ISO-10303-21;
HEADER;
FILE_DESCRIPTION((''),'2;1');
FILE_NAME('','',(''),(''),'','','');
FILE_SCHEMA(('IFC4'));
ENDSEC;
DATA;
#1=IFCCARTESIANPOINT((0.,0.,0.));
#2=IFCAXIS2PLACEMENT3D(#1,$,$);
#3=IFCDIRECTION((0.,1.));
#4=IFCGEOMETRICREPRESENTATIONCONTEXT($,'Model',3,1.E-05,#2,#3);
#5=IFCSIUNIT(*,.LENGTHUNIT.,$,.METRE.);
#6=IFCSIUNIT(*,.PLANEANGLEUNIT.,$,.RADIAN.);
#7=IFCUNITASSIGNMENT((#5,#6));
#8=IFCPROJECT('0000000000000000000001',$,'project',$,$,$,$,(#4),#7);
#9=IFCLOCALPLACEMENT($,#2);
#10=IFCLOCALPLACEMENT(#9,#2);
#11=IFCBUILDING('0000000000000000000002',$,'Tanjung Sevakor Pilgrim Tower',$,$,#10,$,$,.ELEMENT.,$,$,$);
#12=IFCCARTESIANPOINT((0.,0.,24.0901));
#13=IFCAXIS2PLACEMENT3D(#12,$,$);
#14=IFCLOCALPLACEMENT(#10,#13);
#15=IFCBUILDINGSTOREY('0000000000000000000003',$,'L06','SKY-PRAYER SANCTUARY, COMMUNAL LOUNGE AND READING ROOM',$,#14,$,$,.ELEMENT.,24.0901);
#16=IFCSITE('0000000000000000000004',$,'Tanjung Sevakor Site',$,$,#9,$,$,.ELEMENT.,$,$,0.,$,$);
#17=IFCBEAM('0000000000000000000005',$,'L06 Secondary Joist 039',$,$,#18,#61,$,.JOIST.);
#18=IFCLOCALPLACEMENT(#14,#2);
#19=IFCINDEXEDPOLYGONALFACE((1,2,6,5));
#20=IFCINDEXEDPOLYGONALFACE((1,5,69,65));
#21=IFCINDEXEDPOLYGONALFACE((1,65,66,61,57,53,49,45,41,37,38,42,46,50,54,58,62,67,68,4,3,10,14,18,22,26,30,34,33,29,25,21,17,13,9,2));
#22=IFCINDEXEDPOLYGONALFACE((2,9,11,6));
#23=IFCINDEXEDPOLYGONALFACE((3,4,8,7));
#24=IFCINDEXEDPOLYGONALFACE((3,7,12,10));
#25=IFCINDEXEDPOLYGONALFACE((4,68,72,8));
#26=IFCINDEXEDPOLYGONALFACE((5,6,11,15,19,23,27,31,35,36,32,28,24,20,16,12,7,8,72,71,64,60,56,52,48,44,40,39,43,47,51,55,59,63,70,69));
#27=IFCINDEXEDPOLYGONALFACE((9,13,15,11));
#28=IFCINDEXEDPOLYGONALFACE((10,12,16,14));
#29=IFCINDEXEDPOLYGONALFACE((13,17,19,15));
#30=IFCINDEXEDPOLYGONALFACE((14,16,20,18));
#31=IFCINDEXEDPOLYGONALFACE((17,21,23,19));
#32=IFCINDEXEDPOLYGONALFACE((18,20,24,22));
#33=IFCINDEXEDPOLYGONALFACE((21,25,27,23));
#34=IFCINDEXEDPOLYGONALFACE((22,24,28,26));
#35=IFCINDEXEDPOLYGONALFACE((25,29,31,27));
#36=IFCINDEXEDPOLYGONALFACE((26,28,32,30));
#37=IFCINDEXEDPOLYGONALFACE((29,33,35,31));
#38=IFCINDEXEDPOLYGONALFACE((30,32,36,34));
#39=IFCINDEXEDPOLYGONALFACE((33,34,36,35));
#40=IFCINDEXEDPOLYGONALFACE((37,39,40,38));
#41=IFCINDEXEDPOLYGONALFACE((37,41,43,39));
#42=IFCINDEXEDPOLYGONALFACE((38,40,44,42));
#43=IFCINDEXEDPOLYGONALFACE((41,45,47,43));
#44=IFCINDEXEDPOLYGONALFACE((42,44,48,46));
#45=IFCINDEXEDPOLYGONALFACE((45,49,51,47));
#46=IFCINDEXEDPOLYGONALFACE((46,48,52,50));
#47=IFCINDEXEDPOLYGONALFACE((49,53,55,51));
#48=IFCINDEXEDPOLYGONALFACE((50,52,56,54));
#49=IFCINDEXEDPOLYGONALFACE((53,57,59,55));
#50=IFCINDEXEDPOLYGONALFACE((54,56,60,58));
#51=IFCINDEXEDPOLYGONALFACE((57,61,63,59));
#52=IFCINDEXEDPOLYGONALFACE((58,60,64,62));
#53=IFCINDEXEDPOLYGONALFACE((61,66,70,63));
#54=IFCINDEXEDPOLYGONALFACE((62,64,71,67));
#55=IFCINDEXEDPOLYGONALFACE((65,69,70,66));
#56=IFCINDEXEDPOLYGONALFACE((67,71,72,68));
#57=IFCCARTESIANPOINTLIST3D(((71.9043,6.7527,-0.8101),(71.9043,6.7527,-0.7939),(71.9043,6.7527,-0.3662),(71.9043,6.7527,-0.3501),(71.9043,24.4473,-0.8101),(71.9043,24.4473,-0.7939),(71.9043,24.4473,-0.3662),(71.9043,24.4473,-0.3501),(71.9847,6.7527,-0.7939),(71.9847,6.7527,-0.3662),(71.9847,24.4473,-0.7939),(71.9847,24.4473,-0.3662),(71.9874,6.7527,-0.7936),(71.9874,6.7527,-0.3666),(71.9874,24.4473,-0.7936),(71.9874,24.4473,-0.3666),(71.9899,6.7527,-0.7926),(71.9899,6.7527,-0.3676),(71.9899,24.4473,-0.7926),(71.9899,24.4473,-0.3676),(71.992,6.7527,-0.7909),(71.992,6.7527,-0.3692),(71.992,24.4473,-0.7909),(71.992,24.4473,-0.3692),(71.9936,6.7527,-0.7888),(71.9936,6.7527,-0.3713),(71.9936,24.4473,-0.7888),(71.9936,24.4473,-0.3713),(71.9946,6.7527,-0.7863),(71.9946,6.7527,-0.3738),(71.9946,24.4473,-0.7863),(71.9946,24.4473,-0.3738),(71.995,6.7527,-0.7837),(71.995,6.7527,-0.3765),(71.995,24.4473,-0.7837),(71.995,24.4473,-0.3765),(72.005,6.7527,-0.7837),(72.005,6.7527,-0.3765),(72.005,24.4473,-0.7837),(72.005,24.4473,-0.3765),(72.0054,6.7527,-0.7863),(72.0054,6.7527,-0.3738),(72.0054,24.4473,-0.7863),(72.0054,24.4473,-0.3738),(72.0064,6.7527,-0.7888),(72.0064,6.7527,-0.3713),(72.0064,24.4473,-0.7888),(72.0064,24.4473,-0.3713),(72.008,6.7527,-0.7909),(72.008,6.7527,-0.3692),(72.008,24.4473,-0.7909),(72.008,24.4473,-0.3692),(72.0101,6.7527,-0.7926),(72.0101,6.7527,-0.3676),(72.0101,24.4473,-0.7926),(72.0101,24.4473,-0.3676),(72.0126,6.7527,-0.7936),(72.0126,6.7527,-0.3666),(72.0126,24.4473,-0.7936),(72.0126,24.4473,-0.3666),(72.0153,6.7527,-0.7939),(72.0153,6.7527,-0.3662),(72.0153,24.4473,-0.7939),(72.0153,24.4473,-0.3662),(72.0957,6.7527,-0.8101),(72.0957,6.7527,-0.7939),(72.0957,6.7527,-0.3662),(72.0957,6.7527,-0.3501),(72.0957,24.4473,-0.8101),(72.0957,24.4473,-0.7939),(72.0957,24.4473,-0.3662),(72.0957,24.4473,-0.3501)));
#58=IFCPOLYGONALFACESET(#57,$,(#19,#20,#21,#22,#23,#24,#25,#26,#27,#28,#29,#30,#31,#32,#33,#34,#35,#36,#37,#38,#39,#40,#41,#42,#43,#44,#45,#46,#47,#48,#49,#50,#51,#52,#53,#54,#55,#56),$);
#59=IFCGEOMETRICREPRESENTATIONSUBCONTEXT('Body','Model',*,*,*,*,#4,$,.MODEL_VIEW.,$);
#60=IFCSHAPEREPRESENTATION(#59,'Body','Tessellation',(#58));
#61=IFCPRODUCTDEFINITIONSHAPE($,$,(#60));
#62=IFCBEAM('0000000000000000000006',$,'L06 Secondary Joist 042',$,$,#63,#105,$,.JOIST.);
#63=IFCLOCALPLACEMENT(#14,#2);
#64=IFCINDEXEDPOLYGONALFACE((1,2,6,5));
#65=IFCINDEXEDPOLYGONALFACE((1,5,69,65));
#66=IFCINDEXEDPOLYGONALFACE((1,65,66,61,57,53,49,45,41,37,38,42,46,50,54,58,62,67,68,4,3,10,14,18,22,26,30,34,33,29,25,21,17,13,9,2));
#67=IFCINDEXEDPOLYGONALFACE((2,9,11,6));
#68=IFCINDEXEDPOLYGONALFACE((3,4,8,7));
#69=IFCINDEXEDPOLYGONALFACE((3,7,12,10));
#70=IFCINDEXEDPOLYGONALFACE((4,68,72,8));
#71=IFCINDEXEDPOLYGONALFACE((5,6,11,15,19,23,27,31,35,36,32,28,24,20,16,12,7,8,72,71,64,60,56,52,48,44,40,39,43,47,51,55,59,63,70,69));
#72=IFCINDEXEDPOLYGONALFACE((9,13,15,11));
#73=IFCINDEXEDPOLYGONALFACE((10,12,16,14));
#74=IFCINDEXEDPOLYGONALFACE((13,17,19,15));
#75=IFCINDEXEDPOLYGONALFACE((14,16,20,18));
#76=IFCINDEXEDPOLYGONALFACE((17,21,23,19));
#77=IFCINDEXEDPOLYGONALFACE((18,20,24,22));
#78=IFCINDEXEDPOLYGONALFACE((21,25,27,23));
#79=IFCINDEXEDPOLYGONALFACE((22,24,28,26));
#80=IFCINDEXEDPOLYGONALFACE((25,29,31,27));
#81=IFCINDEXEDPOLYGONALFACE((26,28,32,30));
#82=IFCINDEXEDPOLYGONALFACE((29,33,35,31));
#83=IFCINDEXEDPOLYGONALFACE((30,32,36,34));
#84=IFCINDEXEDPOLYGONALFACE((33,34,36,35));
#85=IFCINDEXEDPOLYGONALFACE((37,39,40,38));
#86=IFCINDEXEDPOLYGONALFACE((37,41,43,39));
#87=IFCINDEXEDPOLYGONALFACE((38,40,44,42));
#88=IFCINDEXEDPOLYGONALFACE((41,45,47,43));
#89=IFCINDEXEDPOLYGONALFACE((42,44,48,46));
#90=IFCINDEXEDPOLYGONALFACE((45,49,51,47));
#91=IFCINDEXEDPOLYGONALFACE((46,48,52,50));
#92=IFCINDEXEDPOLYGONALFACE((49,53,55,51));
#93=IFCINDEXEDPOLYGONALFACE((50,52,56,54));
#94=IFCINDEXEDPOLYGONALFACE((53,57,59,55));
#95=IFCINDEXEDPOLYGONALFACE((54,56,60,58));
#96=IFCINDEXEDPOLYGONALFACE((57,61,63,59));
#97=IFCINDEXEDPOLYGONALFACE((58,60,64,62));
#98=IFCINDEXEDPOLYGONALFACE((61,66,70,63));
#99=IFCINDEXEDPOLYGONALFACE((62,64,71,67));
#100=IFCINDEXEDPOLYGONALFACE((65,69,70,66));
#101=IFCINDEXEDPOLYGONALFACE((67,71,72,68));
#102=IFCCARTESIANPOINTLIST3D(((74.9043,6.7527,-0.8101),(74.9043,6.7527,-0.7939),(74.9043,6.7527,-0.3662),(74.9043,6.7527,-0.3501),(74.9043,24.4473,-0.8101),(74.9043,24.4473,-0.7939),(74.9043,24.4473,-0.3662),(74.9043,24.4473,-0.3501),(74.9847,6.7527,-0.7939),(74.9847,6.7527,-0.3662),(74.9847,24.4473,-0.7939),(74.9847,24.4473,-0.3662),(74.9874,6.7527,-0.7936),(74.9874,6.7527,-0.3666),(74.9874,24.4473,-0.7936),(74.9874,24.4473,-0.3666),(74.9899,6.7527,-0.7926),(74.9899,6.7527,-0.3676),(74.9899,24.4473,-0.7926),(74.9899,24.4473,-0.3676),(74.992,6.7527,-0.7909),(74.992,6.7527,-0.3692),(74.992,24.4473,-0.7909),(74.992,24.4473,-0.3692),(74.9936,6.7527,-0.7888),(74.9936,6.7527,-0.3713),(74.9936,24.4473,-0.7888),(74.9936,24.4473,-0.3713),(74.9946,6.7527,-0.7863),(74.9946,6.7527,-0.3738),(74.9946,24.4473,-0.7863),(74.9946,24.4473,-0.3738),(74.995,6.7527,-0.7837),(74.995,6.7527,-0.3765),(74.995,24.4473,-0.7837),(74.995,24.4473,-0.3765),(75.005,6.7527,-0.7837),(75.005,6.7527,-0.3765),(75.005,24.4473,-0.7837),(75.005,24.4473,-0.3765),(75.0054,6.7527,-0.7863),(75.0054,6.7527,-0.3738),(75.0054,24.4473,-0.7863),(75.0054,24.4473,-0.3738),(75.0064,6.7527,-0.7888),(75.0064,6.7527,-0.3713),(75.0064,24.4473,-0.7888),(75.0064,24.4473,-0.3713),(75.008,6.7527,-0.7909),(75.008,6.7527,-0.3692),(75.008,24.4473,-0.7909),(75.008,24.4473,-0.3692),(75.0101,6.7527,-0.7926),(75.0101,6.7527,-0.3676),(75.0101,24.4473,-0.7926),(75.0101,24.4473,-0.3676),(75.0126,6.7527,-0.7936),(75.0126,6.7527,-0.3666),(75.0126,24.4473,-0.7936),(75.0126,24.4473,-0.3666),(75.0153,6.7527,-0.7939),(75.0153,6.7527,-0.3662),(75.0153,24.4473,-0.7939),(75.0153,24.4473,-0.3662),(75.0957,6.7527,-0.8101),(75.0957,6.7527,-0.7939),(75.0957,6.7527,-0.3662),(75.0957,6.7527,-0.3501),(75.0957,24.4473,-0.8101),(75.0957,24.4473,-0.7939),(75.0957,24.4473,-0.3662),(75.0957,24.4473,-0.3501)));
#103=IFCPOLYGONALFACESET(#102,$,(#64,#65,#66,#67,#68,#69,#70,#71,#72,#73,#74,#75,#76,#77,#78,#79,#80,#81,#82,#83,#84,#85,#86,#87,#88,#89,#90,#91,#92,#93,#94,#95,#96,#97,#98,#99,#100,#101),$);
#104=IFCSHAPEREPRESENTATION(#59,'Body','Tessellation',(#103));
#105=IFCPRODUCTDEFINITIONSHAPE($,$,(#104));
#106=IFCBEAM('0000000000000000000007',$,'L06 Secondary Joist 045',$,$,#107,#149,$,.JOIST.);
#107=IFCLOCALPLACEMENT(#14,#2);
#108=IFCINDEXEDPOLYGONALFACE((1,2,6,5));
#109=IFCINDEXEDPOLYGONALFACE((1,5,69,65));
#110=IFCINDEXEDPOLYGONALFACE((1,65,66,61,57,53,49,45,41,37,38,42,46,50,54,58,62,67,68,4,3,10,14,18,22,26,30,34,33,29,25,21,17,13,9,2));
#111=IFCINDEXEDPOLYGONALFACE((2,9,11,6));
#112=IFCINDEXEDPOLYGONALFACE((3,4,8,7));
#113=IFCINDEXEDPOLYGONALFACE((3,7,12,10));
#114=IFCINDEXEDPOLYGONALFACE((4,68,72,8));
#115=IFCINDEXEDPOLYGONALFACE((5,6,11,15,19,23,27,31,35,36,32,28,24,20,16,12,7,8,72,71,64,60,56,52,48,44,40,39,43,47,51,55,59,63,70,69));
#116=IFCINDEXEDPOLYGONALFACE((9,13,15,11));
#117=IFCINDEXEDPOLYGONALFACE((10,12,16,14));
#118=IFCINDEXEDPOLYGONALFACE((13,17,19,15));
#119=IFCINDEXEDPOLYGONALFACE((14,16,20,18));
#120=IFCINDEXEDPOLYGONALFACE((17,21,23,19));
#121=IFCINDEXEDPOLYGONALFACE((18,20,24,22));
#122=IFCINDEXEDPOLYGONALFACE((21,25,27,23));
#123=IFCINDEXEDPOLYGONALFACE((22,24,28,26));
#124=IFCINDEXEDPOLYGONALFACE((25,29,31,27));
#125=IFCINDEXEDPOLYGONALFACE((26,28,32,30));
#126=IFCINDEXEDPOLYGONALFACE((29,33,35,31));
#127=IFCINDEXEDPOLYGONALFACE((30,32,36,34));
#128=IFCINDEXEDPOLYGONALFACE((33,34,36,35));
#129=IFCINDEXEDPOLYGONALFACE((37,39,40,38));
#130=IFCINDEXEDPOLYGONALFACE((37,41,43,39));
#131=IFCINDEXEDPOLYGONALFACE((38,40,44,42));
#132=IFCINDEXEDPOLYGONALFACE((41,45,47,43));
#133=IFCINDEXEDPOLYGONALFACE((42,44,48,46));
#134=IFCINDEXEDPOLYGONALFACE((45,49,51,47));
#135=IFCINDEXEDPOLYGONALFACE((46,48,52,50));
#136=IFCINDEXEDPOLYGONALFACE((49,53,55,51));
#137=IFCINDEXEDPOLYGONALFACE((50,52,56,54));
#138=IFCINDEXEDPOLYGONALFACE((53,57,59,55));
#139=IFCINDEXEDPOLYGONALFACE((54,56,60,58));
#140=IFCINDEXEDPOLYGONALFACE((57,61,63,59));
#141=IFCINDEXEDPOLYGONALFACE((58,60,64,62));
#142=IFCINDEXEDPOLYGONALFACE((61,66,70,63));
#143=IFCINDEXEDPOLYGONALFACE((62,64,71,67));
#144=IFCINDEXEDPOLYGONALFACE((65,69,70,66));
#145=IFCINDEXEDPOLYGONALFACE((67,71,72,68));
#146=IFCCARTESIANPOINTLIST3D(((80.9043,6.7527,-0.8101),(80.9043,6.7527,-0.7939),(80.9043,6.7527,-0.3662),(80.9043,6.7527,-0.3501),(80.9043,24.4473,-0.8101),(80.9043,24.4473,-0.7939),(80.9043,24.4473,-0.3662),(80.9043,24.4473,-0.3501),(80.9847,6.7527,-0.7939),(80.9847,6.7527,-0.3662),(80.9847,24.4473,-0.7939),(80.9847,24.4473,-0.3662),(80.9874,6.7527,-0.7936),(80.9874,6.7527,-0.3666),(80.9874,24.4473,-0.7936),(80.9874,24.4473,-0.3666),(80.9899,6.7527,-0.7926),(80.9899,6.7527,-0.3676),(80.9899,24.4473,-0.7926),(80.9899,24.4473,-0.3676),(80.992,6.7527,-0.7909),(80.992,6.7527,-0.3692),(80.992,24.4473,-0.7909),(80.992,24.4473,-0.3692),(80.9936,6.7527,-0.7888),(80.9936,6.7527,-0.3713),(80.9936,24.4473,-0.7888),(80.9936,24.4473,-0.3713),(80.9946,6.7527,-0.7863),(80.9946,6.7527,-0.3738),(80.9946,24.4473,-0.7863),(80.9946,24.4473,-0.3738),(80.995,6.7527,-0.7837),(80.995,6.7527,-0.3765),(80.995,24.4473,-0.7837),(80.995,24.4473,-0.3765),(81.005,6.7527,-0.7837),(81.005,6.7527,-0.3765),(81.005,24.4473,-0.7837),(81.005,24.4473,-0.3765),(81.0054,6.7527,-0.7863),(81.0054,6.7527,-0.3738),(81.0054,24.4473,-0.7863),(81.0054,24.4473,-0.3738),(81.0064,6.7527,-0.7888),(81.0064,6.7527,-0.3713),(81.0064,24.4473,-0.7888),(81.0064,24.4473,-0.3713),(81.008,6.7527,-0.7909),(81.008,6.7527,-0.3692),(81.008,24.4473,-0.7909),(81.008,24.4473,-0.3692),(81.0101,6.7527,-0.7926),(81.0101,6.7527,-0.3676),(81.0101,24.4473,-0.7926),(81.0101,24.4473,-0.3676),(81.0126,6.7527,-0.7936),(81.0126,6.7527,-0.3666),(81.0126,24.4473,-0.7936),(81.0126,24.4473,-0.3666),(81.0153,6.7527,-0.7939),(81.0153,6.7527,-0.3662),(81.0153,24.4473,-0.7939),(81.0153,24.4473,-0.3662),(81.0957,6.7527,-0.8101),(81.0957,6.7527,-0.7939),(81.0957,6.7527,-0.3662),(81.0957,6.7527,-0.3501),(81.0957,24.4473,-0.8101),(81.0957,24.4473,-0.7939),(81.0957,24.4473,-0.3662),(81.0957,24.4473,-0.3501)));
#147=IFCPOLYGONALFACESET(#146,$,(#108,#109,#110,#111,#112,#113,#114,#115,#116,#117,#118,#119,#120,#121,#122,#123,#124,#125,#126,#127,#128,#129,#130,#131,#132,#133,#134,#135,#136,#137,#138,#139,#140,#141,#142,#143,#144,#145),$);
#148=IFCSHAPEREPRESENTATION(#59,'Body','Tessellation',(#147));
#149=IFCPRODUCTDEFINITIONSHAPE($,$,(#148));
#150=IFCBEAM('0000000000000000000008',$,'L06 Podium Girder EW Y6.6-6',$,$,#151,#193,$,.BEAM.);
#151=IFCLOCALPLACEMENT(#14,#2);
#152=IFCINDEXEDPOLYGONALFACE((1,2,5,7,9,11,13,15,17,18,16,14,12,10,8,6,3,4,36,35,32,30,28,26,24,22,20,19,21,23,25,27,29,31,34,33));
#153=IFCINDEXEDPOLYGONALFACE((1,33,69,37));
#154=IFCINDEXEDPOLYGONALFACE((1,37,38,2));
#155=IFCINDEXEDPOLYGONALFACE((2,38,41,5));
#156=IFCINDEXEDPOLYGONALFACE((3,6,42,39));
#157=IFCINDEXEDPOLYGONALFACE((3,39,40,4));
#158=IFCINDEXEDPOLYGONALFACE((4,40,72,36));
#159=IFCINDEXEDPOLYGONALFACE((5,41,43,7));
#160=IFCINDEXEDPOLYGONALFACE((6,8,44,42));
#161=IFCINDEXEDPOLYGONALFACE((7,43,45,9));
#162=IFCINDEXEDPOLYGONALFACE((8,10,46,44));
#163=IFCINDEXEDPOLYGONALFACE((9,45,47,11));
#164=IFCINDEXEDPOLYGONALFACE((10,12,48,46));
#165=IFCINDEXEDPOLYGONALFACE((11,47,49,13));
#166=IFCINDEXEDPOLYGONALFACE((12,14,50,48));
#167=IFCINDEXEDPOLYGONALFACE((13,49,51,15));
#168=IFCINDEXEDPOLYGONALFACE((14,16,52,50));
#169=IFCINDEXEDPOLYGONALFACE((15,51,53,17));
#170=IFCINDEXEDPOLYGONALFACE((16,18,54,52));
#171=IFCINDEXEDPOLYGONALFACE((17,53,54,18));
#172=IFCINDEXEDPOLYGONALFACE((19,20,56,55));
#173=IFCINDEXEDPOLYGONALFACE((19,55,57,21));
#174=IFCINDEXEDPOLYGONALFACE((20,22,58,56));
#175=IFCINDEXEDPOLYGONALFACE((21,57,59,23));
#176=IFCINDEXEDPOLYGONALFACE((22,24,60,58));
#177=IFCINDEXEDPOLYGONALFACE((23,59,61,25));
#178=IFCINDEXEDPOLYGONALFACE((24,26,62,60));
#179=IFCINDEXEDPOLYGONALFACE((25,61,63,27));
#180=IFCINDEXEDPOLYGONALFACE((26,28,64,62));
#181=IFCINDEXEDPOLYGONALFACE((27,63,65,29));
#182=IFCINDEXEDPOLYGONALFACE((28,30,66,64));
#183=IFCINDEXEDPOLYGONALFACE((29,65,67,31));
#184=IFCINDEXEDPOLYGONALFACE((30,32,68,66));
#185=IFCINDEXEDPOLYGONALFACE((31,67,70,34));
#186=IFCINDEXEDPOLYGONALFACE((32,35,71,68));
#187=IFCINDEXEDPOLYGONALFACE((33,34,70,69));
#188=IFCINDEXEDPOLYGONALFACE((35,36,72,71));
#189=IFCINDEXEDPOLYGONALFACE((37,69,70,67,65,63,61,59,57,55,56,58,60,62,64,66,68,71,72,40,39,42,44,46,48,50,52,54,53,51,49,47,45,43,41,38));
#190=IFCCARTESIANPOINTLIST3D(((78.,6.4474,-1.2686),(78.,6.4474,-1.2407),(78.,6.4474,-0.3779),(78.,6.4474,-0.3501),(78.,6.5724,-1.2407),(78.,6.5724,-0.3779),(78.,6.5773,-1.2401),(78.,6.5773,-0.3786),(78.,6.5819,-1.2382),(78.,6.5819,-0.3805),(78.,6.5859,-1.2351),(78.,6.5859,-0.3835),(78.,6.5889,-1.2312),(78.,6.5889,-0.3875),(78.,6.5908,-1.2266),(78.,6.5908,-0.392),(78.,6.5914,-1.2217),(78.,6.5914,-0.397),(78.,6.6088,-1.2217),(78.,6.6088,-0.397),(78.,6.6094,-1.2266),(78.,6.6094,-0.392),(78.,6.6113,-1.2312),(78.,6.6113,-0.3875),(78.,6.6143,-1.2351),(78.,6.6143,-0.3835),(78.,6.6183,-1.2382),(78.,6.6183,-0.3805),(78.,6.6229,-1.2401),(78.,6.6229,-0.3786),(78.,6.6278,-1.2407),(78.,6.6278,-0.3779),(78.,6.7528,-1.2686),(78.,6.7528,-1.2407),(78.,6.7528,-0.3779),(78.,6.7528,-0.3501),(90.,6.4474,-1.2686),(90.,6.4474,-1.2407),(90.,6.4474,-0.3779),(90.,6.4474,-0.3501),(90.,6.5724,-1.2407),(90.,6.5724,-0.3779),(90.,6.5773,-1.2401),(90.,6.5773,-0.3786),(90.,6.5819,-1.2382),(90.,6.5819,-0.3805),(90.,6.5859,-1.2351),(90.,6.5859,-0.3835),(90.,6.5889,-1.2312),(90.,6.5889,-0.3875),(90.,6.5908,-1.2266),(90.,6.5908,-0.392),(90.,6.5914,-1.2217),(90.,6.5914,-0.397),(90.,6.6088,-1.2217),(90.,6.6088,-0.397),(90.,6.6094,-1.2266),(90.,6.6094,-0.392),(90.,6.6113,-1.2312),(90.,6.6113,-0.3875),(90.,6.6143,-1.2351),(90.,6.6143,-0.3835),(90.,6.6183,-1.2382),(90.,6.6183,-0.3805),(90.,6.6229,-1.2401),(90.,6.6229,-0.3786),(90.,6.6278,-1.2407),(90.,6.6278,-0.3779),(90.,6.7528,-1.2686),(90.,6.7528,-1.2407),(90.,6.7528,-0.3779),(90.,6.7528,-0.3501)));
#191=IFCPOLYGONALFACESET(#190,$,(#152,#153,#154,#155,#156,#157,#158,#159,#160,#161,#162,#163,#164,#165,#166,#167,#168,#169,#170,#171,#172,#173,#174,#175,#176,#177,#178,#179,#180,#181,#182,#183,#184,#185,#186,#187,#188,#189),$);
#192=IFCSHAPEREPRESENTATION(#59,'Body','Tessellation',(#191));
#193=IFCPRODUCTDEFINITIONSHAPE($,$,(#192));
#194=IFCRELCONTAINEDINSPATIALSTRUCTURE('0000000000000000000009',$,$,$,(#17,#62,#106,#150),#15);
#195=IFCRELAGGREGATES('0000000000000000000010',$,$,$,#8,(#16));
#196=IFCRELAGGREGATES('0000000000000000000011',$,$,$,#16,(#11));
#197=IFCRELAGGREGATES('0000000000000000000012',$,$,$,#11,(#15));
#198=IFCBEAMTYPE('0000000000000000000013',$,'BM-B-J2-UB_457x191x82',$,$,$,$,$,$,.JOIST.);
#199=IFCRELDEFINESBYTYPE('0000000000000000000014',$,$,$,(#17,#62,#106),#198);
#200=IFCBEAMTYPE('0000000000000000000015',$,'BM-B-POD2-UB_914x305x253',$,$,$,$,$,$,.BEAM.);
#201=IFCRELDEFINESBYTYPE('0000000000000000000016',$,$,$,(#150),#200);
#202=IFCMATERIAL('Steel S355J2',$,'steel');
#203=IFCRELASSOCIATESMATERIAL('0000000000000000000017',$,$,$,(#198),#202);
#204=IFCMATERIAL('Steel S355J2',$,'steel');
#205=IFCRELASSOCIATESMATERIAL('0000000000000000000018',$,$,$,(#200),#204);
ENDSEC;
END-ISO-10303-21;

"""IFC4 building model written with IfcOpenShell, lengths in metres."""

from ifc_helpers import new_model, si_unit, direction, frame, origin, origin_2d, place, context, subcontext, project, spatial, i_section, extrude, material, material_profile, profile_set, type_object, element, save


model = new_model("IFC4")

# Units and contexts
model_context = context("Model", 3, precision=1e-05, world=origin(), true_north=direction((0.0, 1.0)))
body_context = subcontext(model_context, "Body", "Model", "MODEL_VIEW")
ifc_project = project(units=[si_unit("LENGTHUNIT", "METRE"), si_unit("PLANEANGLEUNIT", "RADIAN")], contexts=[model_context])

# Site, building, storey
site_placement = place(None, origin())
site = spatial("IfcSite", under=ifc_project, at=site_placement, Name="Tanjung Sevakor Site", CompositionType="ELEMENT", RefElevation=0.0)
building_placement = place(site_placement, origin())
building = spatial("IfcBuilding", under=site, at=building_placement, Name="Tanjung Sevakor Pilgrim Tower", CompositionType="ELEMENT")
storey_placement = place(building_placement, frame((0.0, 0.0, 24.0901)))
storey = spatial("IfcBuildingStorey", under=building, at=storey_placement, Name="L06", Description="SKY-PRAYER SANCTUARY, COMMUNAL LOUNGE AND READING ROOM", CompositionType="ELEMENT", Elevation=24.0901)

# Beams
ifc_material_1 = material(Name="Steel S355J2", Category="steel")
ifc_material_profile_1 = material_profile(ifc_material_1, i_section(OverallWidth=0.1914, OverallDepth=0.46, WebThickness=0.01, FlangeThickness=0.0161, FilletRadius=0.0103, at=origin_2d()))
ifc_profile_set_1 = profile_set([ifc_material_profile_1], Name="Steel S355J2")
beam_type_1 = type_object("IfcBeamType", Name="BM-B-J2-UB_457x191x82", PredefinedType="JOIST", material=ifc_profile_set_1)
for number, where, z_axis, x_axis, name in (
    (1, (72.0, 6.7527, -0.5801), (0.0, 1.0, 0.0), (-1.0, 0.0, 0.0), "L06 Secondary Joist 039"),
    (2, (75.0, 6.7527, -0.5801), (0.0, 1.0, 0.0), (-1.0, 0.0, 0.0), "L06 Secondary Joist 042"),
    (3, (81.0, 6.7527, -0.5801), (0.0, 1.0, 0.0), (-1.0, 0.0, 0.0), "L06 Secondary Joist 045"),
):
    element("IfcBeam", number, at=place(storey_placement, frame(where, z_axis=z_axis, x_axis=x_axis)), inside=storey, type_object=beam_type_1, Name=name, PredefinedType="JOIST", context=body_context, shape_type="SweptSolid", body=[
        extrude(i_section(OverallWidth=0.1914, OverallDepth=0.46, WebThickness=0.01, FlangeThickness=0.0161, FilletRadius=0.0103, at=origin_2d()), origin(), (0.0, 0.0, 1.0), 17.6946),
    ])
ifc_material_2 = material(Name="Steel S355J2", Category="steel")
ifc_material_profile_2 = material_profile(ifc_material_2, i_section(OverallWidth=0.3054, OverallDepth=0.9185, WebThickness=0.0173, FlangeThickness=0.0278, FilletRadius=0.019, at=origin_2d()))
ifc_profile_set_2 = profile_set([ifc_material_profile_2], Name="Steel S355J2")
beam_type_2 = type_object("IfcBeamType", Name="BM-B-POD2-UB_914x305x253", PredefinedType="BEAM", material=ifc_profile_set_2)
beam_1_placement = place(storey_placement, frame((78.0, 6.6001, -0.8093), z_axis=(1.0, 0.0, 0.0), x_axis=(0.0, 1.0, 0.0)))
element("IfcBeam", 4, at=beam_1_placement, inside=storey, type_object=beam_type_2, Name="L06 Podium Girder EW Y6.6-6", PredefinedType="BEAM", context=body_context, shape_type="SweptSolid", body=[
    extrude(i_section(OverallWidth=0.3054, OverallDepth=0.9185, WebThickness=0.0173, FlangeThickness=0.0278, FilletRadius=0.019, at=origin_2d()), origin(), (0.0, 0.0, 1.0), 12.0),
])

save(model, "model.ifc")
